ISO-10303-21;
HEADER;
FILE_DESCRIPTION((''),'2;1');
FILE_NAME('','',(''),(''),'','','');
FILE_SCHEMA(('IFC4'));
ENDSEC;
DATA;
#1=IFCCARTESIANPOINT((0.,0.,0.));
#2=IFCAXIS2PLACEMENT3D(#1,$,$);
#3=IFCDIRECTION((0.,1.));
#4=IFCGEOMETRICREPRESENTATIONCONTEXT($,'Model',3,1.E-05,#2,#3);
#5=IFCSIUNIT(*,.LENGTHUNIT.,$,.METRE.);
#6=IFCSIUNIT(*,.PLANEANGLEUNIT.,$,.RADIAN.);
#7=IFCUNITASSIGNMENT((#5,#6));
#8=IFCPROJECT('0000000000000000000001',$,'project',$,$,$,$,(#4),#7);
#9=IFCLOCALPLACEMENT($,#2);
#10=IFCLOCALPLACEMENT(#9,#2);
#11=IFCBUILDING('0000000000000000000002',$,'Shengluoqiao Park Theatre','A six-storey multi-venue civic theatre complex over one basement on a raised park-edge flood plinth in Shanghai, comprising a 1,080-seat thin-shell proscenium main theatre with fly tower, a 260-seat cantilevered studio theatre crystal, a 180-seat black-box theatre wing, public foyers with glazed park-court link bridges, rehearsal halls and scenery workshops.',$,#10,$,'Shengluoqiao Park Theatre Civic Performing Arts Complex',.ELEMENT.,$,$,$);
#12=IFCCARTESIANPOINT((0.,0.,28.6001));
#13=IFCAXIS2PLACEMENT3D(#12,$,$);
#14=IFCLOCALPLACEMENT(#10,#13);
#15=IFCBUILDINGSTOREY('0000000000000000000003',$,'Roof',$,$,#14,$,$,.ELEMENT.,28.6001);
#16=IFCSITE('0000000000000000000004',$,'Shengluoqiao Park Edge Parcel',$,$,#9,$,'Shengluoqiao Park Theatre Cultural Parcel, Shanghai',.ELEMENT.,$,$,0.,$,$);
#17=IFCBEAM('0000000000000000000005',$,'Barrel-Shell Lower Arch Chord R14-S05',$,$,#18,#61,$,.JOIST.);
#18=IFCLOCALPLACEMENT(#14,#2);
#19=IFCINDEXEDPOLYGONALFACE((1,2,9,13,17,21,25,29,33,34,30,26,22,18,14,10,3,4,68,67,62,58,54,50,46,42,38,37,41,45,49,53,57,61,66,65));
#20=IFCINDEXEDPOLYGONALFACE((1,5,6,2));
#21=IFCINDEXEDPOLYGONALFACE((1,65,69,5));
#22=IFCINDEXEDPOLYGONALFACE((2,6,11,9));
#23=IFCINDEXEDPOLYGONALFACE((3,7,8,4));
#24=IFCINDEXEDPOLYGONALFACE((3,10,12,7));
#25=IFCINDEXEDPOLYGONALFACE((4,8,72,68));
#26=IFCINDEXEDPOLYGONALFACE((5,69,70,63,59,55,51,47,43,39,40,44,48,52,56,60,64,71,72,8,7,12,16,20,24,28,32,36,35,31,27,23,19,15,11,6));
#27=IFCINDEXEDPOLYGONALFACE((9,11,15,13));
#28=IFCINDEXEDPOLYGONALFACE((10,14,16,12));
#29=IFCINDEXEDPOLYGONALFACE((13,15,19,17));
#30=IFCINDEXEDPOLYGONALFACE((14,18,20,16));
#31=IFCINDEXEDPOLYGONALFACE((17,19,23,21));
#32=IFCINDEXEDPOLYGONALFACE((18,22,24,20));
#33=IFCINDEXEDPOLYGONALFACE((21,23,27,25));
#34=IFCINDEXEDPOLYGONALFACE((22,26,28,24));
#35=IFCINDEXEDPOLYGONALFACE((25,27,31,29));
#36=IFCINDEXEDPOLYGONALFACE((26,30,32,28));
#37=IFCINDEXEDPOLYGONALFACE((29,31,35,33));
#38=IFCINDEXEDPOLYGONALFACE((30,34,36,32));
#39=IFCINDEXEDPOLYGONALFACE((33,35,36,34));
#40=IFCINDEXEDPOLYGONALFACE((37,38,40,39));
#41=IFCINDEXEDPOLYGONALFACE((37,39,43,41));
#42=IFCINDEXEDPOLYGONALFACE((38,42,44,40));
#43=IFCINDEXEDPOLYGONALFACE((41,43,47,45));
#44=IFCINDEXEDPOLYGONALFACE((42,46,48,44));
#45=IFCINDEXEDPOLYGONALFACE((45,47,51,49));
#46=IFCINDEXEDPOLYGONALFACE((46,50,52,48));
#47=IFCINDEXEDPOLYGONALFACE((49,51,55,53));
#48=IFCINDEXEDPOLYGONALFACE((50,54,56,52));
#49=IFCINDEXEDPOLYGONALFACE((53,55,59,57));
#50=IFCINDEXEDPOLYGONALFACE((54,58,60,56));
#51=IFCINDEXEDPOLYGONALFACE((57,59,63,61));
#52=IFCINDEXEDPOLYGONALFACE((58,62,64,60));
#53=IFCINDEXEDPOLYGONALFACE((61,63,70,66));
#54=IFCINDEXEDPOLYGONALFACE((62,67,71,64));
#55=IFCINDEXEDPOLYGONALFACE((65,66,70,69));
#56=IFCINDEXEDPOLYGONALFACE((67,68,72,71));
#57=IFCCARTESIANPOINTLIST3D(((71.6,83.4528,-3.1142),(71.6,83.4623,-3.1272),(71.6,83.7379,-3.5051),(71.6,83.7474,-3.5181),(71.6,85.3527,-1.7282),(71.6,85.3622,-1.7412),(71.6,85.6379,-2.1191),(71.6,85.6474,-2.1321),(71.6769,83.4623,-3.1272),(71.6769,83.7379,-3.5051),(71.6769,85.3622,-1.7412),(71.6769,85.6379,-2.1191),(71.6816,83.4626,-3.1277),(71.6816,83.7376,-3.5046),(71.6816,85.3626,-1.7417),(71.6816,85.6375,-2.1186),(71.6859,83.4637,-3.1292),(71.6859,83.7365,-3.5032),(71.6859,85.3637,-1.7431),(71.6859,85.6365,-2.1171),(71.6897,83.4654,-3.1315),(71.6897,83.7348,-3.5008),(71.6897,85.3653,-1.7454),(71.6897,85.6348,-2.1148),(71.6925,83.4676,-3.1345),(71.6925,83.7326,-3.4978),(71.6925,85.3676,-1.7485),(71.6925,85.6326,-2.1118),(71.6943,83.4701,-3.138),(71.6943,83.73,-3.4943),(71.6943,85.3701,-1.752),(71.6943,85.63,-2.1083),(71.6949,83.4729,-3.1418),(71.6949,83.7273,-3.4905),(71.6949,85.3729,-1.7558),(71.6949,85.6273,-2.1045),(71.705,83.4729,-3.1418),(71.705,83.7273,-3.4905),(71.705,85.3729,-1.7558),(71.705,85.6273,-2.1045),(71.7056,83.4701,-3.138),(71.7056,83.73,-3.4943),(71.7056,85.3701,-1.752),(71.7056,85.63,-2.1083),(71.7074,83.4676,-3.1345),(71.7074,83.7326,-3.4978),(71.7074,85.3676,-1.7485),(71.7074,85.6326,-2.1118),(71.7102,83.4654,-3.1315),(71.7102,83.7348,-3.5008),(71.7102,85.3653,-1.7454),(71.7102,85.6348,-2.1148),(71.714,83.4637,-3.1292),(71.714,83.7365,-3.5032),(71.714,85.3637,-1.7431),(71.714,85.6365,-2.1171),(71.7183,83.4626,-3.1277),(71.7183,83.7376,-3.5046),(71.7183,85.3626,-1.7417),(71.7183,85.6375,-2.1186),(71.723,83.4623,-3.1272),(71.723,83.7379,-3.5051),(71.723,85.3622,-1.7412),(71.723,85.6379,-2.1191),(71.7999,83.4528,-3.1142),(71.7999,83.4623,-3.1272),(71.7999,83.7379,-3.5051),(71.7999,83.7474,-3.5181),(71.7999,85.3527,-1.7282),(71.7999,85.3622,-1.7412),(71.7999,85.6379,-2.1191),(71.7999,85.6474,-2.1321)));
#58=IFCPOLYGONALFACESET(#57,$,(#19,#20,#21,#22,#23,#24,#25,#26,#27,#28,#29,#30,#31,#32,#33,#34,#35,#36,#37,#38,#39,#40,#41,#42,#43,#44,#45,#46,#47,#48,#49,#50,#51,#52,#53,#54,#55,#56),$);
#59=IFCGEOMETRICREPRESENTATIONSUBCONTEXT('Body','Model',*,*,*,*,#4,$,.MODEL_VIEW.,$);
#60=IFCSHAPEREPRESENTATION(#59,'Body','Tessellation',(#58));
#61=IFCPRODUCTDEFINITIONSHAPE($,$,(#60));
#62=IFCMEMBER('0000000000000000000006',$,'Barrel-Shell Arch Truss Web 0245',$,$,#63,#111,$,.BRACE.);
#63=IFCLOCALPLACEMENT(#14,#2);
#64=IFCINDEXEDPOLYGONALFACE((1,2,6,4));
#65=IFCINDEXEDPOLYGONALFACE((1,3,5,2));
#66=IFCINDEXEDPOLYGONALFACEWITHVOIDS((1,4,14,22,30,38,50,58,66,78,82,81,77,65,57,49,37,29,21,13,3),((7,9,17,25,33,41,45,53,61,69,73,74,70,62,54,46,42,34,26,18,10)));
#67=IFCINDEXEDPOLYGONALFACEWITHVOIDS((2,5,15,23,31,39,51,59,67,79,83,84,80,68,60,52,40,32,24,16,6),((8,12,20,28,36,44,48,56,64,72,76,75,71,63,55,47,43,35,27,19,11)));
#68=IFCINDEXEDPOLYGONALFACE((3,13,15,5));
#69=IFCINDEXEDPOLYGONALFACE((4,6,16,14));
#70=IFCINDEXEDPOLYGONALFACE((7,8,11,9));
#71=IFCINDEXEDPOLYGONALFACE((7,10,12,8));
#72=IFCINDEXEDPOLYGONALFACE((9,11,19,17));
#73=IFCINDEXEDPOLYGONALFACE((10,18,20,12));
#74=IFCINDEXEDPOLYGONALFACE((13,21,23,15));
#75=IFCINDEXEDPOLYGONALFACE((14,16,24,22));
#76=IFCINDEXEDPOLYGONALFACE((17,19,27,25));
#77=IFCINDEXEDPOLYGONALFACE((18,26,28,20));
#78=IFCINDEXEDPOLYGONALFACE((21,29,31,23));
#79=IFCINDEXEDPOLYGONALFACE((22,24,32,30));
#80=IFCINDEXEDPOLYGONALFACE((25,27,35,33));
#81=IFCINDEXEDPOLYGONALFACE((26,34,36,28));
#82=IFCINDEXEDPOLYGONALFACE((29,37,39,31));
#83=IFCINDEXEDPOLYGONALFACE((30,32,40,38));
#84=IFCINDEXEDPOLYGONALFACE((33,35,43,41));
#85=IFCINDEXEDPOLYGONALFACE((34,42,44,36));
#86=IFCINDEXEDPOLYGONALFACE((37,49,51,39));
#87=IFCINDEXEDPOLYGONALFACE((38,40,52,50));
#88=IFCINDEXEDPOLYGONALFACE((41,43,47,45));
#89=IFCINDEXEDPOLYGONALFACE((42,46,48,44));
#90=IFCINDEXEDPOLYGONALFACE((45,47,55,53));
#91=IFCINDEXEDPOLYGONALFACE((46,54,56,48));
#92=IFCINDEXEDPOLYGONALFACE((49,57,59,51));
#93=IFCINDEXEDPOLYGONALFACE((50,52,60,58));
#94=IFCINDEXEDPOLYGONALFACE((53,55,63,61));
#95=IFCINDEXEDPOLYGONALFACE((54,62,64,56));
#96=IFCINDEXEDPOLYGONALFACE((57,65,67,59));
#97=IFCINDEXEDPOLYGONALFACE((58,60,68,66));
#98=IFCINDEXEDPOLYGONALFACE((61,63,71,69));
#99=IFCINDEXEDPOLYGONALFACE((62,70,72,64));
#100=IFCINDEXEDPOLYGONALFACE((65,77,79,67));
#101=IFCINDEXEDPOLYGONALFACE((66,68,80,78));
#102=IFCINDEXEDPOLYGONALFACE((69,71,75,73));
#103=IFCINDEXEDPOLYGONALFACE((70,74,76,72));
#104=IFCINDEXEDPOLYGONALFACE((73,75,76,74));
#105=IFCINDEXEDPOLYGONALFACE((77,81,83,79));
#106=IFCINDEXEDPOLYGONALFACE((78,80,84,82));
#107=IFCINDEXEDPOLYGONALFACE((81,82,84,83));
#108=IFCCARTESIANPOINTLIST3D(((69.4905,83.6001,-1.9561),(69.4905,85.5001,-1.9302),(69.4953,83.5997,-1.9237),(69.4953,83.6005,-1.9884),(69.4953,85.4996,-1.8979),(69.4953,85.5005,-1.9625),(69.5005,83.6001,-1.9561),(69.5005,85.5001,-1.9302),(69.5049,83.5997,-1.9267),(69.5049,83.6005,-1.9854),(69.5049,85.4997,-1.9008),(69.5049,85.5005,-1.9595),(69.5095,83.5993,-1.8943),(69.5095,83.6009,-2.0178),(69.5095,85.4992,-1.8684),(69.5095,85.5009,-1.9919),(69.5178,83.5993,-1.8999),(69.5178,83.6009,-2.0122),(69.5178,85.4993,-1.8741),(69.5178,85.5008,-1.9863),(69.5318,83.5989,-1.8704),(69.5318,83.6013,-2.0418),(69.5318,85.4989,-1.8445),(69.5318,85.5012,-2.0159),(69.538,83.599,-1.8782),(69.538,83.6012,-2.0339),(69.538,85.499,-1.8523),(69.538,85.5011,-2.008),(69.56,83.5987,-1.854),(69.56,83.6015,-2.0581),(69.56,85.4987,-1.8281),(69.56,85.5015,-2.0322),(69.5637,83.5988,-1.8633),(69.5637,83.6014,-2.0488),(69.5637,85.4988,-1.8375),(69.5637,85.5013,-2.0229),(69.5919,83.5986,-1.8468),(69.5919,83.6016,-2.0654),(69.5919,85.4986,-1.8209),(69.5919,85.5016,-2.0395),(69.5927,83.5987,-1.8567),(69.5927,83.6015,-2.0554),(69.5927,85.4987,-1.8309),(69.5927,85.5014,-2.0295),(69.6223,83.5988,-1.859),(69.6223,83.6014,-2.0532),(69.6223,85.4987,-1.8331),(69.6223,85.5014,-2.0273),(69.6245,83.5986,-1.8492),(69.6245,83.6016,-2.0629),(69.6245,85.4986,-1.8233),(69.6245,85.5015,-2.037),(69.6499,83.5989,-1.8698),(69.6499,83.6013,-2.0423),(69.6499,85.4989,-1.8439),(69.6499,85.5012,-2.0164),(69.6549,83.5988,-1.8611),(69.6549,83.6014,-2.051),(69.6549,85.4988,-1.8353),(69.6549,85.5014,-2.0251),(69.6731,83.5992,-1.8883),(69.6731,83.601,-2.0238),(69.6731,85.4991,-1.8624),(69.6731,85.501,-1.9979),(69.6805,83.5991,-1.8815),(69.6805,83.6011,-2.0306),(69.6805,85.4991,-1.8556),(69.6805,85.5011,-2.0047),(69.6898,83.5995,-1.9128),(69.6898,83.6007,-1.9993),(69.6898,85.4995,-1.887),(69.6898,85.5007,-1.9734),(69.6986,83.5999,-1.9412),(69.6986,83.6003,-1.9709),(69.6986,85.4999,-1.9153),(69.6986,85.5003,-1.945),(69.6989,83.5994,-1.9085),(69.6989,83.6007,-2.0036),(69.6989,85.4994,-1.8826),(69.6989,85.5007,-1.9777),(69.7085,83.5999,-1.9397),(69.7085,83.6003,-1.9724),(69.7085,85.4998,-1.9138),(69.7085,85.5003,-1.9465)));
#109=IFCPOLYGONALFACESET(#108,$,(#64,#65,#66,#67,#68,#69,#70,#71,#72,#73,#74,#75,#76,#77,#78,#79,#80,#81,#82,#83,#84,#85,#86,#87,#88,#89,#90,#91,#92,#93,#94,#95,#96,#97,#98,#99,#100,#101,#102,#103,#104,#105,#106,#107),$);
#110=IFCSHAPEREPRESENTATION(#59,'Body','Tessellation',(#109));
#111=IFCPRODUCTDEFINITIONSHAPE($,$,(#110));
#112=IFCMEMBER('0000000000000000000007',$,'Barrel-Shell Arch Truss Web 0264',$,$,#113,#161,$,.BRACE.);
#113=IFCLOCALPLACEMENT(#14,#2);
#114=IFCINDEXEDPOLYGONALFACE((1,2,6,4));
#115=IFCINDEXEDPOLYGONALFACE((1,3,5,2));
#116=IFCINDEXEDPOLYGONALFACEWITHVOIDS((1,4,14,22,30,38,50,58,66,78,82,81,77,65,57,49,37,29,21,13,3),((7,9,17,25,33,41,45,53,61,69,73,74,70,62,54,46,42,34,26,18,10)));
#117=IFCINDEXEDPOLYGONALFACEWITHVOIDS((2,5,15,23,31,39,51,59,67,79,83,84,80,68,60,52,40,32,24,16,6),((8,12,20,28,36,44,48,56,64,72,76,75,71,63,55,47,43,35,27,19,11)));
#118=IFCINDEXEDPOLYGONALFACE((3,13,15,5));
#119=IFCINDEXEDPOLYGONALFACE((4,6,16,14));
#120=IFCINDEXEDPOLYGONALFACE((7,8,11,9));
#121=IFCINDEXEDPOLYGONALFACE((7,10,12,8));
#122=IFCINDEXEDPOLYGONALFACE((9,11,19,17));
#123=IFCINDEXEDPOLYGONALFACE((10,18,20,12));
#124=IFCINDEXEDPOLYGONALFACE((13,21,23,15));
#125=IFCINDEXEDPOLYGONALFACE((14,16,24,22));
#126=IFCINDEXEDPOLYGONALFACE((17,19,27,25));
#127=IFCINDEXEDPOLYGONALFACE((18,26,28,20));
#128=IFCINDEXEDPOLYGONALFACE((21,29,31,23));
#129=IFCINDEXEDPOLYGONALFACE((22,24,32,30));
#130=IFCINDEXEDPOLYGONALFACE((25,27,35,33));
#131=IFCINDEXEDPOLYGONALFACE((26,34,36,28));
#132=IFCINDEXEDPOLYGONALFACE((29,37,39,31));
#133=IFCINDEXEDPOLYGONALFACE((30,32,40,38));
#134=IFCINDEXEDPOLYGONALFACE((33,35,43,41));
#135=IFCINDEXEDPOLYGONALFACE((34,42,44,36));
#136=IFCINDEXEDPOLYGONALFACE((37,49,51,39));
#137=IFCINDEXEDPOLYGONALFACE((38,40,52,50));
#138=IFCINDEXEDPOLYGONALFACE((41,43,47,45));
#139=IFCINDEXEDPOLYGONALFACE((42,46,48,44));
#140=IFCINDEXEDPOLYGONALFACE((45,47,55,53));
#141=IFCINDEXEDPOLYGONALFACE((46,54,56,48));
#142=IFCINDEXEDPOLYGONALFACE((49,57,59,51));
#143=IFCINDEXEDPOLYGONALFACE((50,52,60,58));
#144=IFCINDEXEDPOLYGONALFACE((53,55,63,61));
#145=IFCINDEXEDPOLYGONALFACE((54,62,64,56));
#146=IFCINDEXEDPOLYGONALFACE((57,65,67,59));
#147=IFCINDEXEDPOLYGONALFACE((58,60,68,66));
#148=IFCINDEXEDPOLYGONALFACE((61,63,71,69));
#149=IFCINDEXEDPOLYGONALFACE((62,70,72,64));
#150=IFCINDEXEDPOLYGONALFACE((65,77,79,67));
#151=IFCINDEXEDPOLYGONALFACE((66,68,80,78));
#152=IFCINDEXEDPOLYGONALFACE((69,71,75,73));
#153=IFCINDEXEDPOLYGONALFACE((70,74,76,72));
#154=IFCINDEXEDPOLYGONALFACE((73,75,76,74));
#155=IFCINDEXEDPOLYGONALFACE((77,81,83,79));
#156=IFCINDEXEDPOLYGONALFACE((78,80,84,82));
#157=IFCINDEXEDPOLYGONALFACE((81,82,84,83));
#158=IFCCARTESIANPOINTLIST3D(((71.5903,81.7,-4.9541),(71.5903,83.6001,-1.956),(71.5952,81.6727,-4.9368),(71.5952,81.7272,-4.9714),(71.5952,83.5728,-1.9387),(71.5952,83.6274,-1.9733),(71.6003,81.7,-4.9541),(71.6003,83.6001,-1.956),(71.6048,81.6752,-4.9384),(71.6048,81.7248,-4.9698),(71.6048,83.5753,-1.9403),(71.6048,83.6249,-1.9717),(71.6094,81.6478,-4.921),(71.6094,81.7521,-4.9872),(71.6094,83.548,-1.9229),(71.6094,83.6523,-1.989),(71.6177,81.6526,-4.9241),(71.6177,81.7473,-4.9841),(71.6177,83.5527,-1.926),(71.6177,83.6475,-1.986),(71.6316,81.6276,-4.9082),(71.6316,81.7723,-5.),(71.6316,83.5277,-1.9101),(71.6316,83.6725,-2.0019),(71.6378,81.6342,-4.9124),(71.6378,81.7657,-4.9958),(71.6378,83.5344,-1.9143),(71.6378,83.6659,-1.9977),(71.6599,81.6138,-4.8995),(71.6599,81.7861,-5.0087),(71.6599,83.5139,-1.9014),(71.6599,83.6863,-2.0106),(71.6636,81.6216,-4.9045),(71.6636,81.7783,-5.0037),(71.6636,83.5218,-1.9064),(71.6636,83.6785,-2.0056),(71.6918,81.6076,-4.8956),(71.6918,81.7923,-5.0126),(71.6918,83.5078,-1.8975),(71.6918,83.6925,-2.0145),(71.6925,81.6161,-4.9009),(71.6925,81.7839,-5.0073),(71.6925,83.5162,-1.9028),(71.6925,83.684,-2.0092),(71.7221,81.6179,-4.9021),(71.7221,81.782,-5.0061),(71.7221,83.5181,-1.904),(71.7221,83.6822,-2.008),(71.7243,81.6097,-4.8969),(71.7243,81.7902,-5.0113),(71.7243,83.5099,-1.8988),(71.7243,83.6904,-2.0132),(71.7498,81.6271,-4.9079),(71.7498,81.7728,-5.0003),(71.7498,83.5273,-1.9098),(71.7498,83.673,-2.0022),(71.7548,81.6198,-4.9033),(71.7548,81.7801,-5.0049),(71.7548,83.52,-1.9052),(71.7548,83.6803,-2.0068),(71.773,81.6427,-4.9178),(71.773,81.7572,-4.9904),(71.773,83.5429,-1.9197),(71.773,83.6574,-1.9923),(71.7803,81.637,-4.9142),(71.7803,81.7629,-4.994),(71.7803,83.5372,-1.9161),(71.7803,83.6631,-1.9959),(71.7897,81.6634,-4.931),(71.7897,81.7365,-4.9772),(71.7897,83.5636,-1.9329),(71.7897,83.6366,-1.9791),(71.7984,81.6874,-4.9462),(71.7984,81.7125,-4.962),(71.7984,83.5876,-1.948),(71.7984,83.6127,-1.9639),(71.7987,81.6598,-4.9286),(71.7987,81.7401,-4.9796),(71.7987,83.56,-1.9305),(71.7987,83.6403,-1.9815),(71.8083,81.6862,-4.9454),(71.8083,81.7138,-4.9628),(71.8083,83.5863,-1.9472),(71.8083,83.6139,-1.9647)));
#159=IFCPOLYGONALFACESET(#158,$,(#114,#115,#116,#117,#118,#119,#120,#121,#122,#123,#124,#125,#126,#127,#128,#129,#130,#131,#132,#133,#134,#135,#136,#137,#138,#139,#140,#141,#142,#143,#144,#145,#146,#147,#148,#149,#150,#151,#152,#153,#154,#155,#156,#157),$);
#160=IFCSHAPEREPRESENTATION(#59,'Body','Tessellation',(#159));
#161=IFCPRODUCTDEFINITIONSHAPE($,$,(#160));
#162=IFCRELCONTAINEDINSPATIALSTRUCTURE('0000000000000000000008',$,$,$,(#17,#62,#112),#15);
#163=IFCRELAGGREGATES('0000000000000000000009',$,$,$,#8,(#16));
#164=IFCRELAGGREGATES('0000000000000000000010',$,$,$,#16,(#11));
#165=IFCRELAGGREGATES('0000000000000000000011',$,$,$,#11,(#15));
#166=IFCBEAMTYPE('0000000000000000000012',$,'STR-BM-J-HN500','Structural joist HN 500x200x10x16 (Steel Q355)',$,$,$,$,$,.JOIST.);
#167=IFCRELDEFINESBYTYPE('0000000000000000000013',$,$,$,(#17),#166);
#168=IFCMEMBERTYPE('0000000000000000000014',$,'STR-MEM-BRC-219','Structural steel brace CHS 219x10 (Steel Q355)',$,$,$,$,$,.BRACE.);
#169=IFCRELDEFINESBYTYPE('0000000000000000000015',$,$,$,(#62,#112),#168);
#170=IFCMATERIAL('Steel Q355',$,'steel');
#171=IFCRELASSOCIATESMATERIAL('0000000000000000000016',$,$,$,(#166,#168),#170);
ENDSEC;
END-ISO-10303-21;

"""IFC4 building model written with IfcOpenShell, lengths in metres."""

from ifc_helpers import new_model, si_unit, direction, frame, origin, origin_2d, place, context, subcontext, project, spatial, hollow_circle, i_section, extrude, material, material_profile, profile_set, type_object, element, save


model = new_model("IFC4")

# Units and contexts
model_context = context("Model", 3, precision=1e-05, world=origin(), true_north=direction((0.0, 1.0)))
body_context = subcontext(model_context, "Body", "Model", "MODEL_VIEW")
ifc_project = project(units=[si_unit("LENGTHUNIT", "METRE"), si_unit("PLANEANGLEUNIT", "RADIAN")], contexts=[model_context])

# Site, building, storey
site_placement = place(None, origin())
site = spatial("IfcSite", under=ifc_project, at=site_placement, Name="Shengluoqiao Park Edge Parcel", LongName="Shengluoqiao Park Theatre Cultural Parcel, Shanghai", CompositionType="ELEMENT", RefElevation=0.0)
building_placement = place(site_placement, origin())
building = spatial("IfcBuilding", under=site, at=building_placement, Name="Shengluoqiao Park Theatre", Description="A six-storey multi-venue civic theatre complex over one basement on a raised park-edge flood plinth in Shanghai, comprising a 1,080-seat thin-shell proscenium main theatre with fly tower, a 260-seat cantilevered studio theatre crystal, a 180-seat black-box theatre wing, public foyers with glazed park-court link bridges, rehearsal halls and scenery workshops.", LongName="Shengluoqiao Park Theatre Civic Performing Arts Complex", CompositionType="ELEMENT")
storey_placement = place(building_placement, frame((0.0, 0.0, 28.6001)))
storey = spatial("IfcBuildingStorey", under=building, at=storey_placement, Name="Roof", CompositionType="ELEMENT", Elevation=28.6001)

# Beam
ifc_material_1 = material(Name="Steel Q355", Category="steel")
ifc_material_profile_1 = material_profile(ifc_material_1, i_section(OverallWidth=0.2, OverallDepth=0.5, WebThickness=0.01, FlangeThickness=0.0161, FilletRadius=0.0181, at=origin_2d()), Name="HN 500x200x10x16")
ifc_profile_set_1 = profile_set([ifc_material_profile_1], Name="Steel Q355")
beam_type_1 = type_object("IfcBeamType", Name="STR-BM-J-HN500", Description="Structural joist HN 500x200x10x16 (Steel Q355)", PredefinedType="JOIST", material=ifc_profile_set_1)
beam_1_placement = place(storey_placement, frame((71.7, 83.6001, -3.3162), z_axis=(0.0, 0.807878, 0.58935), x_axis=(-1.0, 0.0, 0.0)))
element("IfcBeam", 1, at=beam_1_placement, inside=storey, type_object=beam_type_1, Name="Barrel-Shell Lower Arch Chord R14-S05", PredefinedType="JOIST", context=body_context, shape_type="SweptSolid", body=[
    extrude(i_section(OverallWidth=0.2, OverallDepth=0.5, WebThickness=0.01, FlangeThickness=0.0161, FilletRadius=0.0181, at=origin_2d()), origin(), (0.0, 0.0, 1.0), 2.3518),
])

# Members
ifc_material_profile_2 = material_profile(ifc_material_1, hollow_circle(Radius=0.1096, WallThickness=0.01, at=origin_2d()), Name="CHS 219x10")
ifc_profile_set_2 = profile_set([ifc_material_profile_2], Name="Steel Q355")
member_type_1 = type_object("IfcMemberType", Name="STR-MEM-BRC-219", Description="Structural steel brace CHS 219x10 (Steel Q355)", PredefinedType="BRACE", material=ifc_profile_set_2)
member_1_placement = place(storey_placement, frame((69.6001, 83.6001, -1.9561), z_axis=(0.0, 0.999907, 0.01362), x_axis=(-1.0, 0.0, 0.0)))
element("IfcMember", 2, at=member_1_placement, inside=storey, type_object=member_type_1, Name="Barrel-Shell Arch Truss Web 0245", PredefinedType="BRACE", context=body_context, shape_type="SweptSolid", body=[
    extrude(hollow_circle(Radius=0.1096, WallThickness=0.01, at=origin_2d()), origin(), (0.0, 0.0, 1.0), 1.9001),
])
member_2_placement = place(storey_placement, frame((71.7, 81.7, -4.9541), z_axis=(0.0, 0.53533, 0.844643), x_axis=(-1.0, 0.0, 0.0)))
element("IfcMember", 3, at=member_2_placement, inside=storey, type_object=member_type_1, Name="Barrel-Shell Arch Truss Web 0264", PredefinedType="BRACE", context=body_context, shape_type="SweptSolid", body=[
    extrude(hollow_circle(Radius=0.1096, WallThickness=0.01, at=origin_2d()), origin(), (0.0, 0.0, 1.0), 3.5496),
])

save(model, "model.ifc")
